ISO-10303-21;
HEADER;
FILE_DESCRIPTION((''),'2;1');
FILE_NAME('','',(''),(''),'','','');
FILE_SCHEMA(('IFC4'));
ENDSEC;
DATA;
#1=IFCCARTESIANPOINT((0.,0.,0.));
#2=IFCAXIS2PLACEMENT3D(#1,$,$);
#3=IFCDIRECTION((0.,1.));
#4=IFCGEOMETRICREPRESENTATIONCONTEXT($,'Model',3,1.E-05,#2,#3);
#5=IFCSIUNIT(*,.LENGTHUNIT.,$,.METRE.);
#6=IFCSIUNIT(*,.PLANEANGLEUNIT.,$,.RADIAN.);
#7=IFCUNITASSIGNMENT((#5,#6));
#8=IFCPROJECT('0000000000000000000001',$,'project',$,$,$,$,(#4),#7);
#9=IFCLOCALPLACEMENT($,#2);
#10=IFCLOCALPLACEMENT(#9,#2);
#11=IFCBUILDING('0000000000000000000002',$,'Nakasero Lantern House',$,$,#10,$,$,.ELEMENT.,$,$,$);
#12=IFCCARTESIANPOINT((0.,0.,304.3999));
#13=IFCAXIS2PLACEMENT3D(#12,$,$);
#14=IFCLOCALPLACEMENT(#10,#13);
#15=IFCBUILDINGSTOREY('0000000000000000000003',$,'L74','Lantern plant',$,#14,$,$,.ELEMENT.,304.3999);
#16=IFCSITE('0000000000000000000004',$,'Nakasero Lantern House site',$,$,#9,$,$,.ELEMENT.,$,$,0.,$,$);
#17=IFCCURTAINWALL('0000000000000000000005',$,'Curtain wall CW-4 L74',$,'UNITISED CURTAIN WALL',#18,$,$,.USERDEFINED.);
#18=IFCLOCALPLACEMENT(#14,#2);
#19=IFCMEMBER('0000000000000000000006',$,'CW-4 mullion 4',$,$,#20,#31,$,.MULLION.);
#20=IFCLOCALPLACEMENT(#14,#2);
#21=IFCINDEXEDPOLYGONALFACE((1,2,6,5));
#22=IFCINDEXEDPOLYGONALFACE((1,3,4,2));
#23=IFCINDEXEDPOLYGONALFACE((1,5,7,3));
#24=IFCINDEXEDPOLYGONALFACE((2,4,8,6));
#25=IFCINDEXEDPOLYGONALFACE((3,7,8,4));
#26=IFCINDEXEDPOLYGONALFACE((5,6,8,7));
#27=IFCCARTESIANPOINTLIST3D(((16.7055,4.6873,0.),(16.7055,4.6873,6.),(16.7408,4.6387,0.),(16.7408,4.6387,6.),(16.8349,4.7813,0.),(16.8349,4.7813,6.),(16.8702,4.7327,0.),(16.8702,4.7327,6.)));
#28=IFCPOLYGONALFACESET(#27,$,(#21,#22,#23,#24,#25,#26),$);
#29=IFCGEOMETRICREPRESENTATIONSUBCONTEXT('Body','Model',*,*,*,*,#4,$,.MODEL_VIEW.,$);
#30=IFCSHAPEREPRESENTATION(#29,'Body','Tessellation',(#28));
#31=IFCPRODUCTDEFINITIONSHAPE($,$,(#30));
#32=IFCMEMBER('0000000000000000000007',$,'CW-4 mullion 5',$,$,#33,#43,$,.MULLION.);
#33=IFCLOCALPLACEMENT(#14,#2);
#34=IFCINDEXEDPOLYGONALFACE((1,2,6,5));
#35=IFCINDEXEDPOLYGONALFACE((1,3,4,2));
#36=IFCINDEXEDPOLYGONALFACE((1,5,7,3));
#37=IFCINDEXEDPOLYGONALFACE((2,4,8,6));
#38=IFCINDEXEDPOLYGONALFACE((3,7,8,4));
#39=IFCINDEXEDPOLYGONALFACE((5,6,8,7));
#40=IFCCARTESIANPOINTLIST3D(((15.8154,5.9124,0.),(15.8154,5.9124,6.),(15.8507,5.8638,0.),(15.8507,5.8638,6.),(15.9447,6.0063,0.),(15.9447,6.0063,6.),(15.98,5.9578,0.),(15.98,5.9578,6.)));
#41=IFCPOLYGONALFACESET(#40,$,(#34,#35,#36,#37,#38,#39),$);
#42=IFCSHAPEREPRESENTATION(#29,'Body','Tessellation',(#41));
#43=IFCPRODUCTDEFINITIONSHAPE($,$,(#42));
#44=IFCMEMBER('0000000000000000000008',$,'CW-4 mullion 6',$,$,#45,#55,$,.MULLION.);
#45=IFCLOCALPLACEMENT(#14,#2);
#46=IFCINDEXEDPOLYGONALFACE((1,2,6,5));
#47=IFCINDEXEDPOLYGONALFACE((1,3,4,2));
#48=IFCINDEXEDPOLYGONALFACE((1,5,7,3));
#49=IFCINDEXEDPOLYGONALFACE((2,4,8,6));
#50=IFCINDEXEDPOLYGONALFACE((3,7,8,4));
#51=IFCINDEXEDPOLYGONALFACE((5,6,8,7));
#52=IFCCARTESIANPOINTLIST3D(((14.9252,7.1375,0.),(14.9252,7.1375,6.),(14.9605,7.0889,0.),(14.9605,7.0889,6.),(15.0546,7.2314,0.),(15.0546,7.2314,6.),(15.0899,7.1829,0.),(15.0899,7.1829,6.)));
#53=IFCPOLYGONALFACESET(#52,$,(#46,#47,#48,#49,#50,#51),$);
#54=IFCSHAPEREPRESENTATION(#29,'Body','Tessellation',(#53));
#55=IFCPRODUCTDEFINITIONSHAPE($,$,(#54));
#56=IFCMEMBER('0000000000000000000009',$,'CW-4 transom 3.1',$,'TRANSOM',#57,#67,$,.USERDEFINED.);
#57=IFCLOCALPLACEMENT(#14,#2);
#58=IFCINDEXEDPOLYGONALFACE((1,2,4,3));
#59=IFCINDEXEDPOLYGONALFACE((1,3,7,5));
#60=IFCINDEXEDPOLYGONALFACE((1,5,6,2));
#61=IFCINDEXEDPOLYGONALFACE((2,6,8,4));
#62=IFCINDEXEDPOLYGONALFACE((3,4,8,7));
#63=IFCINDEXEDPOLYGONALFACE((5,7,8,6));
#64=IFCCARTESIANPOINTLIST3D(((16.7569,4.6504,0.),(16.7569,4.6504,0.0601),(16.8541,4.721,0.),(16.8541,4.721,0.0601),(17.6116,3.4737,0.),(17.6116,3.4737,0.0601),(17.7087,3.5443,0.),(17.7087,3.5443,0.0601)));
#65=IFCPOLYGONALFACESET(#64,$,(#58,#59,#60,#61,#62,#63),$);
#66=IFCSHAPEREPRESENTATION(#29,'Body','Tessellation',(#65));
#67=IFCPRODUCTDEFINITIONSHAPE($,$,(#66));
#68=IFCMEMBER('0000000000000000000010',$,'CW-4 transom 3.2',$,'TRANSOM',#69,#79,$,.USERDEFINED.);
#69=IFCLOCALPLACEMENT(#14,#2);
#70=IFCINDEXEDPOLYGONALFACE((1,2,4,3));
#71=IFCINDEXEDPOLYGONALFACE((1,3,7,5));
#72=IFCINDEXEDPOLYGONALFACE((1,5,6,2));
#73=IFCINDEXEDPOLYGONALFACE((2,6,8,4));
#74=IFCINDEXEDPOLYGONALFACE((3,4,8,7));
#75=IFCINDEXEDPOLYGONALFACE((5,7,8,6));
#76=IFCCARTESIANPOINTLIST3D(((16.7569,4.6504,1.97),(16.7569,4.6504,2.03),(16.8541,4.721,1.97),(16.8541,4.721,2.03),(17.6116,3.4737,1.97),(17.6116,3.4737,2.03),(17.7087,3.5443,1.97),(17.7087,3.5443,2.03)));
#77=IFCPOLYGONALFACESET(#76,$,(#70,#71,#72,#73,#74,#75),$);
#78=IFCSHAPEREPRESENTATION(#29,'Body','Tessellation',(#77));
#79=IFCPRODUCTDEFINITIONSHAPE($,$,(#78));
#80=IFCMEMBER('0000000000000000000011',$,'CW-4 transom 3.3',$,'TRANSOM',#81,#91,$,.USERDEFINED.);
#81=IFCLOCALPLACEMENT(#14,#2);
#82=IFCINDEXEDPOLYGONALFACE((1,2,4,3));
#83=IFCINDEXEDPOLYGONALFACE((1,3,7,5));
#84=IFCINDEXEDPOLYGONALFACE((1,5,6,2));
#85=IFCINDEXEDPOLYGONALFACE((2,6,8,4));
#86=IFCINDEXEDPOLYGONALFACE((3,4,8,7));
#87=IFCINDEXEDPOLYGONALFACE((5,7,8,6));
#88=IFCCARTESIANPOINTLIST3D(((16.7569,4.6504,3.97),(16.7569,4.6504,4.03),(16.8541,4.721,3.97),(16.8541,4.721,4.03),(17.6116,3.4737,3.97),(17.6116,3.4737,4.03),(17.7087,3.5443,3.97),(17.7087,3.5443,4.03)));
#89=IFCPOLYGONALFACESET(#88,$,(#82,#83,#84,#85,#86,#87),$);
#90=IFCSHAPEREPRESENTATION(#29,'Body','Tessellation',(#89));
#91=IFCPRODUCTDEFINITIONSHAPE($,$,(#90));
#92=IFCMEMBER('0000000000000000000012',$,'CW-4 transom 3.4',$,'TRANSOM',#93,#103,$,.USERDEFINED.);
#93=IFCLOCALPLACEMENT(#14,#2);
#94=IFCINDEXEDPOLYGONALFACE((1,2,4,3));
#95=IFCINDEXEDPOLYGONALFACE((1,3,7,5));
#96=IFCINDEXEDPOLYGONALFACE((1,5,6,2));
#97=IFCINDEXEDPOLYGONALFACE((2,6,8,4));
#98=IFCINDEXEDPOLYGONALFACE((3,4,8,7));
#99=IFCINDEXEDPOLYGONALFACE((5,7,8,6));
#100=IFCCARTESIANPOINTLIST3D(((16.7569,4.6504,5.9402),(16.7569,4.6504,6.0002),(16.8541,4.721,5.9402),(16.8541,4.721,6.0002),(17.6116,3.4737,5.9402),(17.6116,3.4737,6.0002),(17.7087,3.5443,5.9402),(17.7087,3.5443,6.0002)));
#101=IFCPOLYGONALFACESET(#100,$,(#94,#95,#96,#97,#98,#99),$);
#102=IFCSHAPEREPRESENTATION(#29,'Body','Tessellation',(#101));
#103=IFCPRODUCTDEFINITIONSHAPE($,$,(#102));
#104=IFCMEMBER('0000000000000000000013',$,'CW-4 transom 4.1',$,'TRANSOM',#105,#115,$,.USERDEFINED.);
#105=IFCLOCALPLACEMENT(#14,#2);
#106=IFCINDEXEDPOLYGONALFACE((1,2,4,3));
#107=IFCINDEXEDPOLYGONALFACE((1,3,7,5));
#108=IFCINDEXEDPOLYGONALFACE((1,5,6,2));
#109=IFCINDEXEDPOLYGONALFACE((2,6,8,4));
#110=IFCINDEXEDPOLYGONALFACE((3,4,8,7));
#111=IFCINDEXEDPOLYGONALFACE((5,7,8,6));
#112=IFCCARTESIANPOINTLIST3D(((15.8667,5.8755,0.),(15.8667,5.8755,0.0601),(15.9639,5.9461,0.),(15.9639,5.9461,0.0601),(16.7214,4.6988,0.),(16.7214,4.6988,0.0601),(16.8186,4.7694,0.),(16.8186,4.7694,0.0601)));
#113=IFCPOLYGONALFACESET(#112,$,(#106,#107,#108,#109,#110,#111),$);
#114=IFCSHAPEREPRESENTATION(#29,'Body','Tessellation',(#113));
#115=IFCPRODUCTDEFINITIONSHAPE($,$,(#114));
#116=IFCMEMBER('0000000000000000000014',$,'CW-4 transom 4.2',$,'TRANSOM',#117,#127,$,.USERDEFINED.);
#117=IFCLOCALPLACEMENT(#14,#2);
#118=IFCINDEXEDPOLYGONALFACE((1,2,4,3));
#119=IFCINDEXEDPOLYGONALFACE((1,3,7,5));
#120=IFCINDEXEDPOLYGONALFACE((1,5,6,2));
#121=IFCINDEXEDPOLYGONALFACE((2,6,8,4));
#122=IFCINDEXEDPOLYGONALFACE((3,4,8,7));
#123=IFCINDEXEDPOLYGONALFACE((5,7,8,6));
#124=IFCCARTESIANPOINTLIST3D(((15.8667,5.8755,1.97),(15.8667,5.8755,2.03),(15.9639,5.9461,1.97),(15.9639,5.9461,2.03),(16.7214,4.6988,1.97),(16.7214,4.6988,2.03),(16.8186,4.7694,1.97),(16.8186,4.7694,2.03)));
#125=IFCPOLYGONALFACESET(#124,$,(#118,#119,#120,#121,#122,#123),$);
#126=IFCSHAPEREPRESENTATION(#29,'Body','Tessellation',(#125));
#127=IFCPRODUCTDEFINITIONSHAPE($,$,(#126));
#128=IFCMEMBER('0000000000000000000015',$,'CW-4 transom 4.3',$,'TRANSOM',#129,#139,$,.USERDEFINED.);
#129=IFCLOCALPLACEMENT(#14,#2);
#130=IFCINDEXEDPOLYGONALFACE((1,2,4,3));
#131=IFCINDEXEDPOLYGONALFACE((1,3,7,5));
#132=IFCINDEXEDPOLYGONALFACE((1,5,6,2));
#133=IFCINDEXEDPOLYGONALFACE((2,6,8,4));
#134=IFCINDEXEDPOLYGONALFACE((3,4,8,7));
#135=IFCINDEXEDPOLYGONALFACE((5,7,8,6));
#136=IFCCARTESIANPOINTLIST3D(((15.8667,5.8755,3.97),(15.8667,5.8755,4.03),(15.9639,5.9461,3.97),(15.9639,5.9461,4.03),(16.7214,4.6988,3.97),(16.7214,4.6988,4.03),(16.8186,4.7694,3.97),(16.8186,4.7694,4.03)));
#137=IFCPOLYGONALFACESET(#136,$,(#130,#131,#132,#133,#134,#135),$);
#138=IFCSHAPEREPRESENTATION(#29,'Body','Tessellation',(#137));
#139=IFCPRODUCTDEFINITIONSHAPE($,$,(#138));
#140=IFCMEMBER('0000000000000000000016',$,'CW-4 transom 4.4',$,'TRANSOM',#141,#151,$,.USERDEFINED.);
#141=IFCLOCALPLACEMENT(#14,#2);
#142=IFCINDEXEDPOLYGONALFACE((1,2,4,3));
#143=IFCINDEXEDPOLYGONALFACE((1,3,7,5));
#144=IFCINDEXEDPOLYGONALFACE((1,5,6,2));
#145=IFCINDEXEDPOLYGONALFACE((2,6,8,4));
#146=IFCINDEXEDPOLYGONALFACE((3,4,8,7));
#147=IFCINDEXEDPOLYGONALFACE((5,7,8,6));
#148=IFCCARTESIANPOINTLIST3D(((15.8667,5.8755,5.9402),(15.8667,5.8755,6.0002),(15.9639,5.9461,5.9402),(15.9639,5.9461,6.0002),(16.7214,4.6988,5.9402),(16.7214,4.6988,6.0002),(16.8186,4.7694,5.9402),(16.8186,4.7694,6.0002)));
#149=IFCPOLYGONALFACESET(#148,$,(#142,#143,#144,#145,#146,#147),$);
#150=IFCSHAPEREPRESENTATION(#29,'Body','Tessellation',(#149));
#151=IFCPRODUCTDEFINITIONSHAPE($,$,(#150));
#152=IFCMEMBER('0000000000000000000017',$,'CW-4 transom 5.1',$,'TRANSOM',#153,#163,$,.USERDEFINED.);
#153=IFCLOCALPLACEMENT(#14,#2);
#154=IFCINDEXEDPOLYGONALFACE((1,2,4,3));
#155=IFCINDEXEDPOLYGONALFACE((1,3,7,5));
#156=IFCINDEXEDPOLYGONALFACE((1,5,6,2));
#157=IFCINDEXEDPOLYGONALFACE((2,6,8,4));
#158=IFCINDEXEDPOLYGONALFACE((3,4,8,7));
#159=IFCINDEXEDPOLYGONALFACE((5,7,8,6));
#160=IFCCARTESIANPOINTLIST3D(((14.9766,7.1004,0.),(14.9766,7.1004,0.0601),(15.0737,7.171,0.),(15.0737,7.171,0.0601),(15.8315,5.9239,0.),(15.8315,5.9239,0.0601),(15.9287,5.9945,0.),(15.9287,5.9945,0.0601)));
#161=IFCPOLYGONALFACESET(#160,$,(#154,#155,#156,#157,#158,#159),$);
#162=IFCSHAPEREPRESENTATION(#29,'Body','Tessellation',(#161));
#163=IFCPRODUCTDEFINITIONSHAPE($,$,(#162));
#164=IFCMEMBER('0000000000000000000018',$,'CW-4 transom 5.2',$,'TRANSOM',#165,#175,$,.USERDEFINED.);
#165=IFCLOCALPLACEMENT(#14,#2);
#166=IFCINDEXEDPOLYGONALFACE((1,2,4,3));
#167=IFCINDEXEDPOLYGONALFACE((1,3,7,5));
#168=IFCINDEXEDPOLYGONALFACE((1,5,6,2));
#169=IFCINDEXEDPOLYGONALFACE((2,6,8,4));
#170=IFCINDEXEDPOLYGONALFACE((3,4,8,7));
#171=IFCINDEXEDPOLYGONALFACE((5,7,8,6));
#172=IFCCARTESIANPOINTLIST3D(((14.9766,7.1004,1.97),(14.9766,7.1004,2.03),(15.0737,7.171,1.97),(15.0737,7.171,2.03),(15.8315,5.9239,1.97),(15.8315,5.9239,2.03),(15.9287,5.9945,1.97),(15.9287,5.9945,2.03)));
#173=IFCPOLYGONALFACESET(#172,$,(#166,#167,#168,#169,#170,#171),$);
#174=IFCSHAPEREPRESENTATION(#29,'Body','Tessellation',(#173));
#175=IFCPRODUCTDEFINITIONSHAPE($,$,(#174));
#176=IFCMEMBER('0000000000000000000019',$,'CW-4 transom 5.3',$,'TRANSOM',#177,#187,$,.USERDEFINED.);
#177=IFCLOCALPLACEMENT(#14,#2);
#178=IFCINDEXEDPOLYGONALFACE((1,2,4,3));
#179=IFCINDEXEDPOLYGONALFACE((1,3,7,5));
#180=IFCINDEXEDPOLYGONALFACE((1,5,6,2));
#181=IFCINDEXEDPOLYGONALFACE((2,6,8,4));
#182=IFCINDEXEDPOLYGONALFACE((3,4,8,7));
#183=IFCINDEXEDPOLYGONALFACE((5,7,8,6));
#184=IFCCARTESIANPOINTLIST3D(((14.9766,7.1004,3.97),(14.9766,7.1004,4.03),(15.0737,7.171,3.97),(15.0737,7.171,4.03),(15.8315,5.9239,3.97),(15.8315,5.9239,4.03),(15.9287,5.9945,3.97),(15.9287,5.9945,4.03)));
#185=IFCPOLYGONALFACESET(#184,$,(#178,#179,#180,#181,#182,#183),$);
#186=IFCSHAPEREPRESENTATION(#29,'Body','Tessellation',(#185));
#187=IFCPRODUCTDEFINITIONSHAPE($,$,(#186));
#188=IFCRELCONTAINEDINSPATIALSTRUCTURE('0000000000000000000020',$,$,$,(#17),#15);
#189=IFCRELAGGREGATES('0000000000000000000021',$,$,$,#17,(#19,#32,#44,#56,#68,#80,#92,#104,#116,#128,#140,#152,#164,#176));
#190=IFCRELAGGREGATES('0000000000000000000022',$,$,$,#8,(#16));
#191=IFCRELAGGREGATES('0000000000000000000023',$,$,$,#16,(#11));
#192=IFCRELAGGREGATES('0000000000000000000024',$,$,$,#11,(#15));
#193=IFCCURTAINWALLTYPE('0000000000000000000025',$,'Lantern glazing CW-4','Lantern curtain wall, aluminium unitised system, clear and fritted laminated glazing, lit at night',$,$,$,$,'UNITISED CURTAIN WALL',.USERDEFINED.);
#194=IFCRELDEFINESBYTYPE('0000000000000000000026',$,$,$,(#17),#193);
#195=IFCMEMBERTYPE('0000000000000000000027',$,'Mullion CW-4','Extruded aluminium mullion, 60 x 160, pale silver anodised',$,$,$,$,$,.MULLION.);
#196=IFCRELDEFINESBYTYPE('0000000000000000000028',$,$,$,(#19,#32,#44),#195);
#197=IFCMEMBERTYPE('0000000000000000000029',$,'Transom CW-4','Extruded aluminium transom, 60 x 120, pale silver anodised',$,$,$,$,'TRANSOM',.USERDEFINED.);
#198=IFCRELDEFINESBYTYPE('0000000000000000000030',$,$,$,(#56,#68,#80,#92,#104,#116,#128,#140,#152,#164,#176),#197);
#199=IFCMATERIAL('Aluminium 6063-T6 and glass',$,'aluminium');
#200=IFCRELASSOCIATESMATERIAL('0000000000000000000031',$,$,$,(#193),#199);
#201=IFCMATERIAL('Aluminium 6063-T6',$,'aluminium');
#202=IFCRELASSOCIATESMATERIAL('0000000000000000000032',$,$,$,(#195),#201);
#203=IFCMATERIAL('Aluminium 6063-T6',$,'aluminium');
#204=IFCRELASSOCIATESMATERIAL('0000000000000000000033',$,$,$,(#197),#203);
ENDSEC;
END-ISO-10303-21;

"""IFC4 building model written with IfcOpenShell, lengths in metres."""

from ifc_helpers import new_model, si_unit, direction, frame, origin, origin_2d, place, context, subcontext, project, spatial, rectangle, extrude, material, material_profile, profile_set, type_object, element, aggregate, save


model = new_model("IFC4")

# Units and contexts
model_context = context("Model", 3, precision=1e-05, world=origin(), true_north=direction((0.0, 1.0)))
body_context = subcontext(model_context, "Body", "Model", "MODEL_VIEW")
ifc_project = project(units=[si_unit("LENGTHUNIT", "METRE"), si_unit("PLANEANGLEUNIT", "RADIAN")], contexts=[model_context])

# Site, building, storey
site_placement = place(None, origin())
site = spatial("IfcSite", under=ifc_project, at=site_placement, Name="Nakasero Lantern House site", CompositionType="ELEMENT", RefElevation=0.0)
building_placement = place(site_placement, origin())
building = spatial("IfcBuilding", under=site, at=building_placement, Name="Nakasero Lantern House", CompositionType="ELEMENT")
storey_placement = place(building_placement, frame((0.0, 0.0, 304.3999)))
storey = spatial("IfcBuildingStorey", under=building, at=storey_placement, Name="L74", Description="Lantern plant", CompositionType="ELEMENT", Elevation=304.3999)

# Curtain wall, members
ifc_material_1 = material(Name="Aluminium 6063-T6 and glass", Category="aluminium")
curtain_wall_type = type_object("IfcCurtainWallType", Name="Lantern glazing CW-4", Description="Lantern curtain wall, aluminium unitised system, clear and fritted laminated glazing, lit at night", ElementType="UNITISED CURTAIN WALL", PredefinedType="USERDEFINED", material=ifc_material_1)
curtain_wall_placement = place(storey_placement, origin())
curtain_wall = element("IfcCurtainWall", 1, at=curtain_wall_placement, inside=storey, type_object=curtain_wall_type, Name="Curtain wall CW-4 L74", ObjectType="UNITISED CURTAIN WALL", PredefinedType="USERDEFINED")
ifc_material_2 = material(Name="Aluminium 6063-T6", Category="aluminium")
ifc_material_profile_1 = material_profile(ifc_material_2, rectangle(XDim=0.0601, YDim=0.1599, at=origin_2d()), Name="CW-4 mullion 60x160")
ifc_profile_set_1 = profile_set([ifc_material_profile_1], Name="Aluminium 6063-T6")
member_type_1 = type_object("IfcMemberType", Name="Mullion CW-4", Description="Extruded aluminium mullion, 60 x 160, pale silver anodised", PredefinedType="MULLION", material=ifc_profile_set_1)
member_1_placement = place(storey_placement, frame((16.7878, 4.71, 0.0), z_axis=(0.0, 0.0, 1.0), x_axis=(-0.587785, 0.809017, 0.0)))
member_1 = element("IfcMember", 2, at=member_1_placement, type_object=member_type_1, Name="CW-4 mullion 4", PredefinedType="MULLION", context=body_context, shape_type="SweptSolid", body=[
    extrude(rectangle(XDim=0.0601, YDim=0.1599, at=origin_2d()), origin(), (0.0, 0.0, 1.0), 6.0),
])
member_2_placement = place(storey_placement, frame((15.8977, 5.9351, 0.0), z_axis=(0.0, 0.0, 1.0), x_axis=(-0.587785, 0.809017, 0.0)))
member_2 = element("IfcMember", 3, at=member_2_placement, type_object=member_type_1, Name="CW-4 mullion 5", PredefinedType="MULLION", context=body_context, shape_type="SweptSolid", body=[
    extrude(rectangle(XDim=0.0601, YDim=0.1599, at=origin_2d()), origin(), (0.0, 0.0, 1.0), 6.0),
])
member_3_placement = place(storey_placement, frame((15.0076, 7.1602, 0.0), z_axis=(0.0, 0.0, 1.0), x_axis=(-0.587785, 0.809017, 0.0)))
member_3 = element("IfcMember", 4, at=member_3_placement, type_object=member_type_1, Name="CW-4 mullion 6", PredefinedType="MULLION", context=body_context, shape_type="SweptSolid", body=[
    extrude(rectangle(XDim=0.0601, YDim=0.1599, at=origin_2d()), origin(), (0.0, 0.0, 1.0), 6.0),
])
ifc_material_3 = material(Name="Aluminium 6063-T6", Category="aluminium")
ifc_material_profile_2 = material_profile(ifc_material_3, rectangle(XDim=0.0601, YDim=0.1201, at=origin_2d()), Name="CW-4 transom 60x120")
ifc_profile_set_2 = profile_set([ifc_material_profile_2], Name="Aluminium 6063-T6")
member_type_2 = type_object("IfcMemberType", Name="Transom CW-4", Description="Extruded aluminium transom, 60 x 120, pale silver anodised", ElementType="TRANSOM", PredefinedType="USERDEFINED", material=ifc_profile_set_2)
member_4_placement = place(storey_placement, frame((17.6602, 3.509, 0.03), z_axis=(-0.587683, 0.809092, 0.0), x_axis=(0.0, 0.0, 1.0)))
member_4 = element("IfcMember", 5, at=member_4_placement, type_object=member_type_2, Name="CW-4 transom 3.1", ObjectType="TRANSOM", PredefinedType="USERDEFINED", context=body_context, shape_type="SweptSolid", body=[
    extrude(rectangle(XDim=0.0601, YDim=0.1201, at=origin_2d()), origin(), (0.0, 0.0, 1.0), 1.4543),
])
member_5_placement = place(storey_placement, frame((17.6602, 3.509, 2.0), z_axis=(-0.587683, 0.809092, 0.0), x_axis=(0.0, 0.0, 1.0)))
member_5 = element("IfcMember", 6, at=member_5_placement, type_object=member_type_2, Name="CW-4 transom 3.2", ObjectType="TRANSOM", PredefinedType="USERDEFINED", context=body_context, shape_type="SweptSolid", body=[
    extrude(rectangle(XDim=0.0601, YDim=0.1201, at=origin_2d()), origin(), (0.0, 0.0, 1.0), 1.4543),
])
member_6_placement = place(storey_placement, frame((17.6602, 3.509, 4.0), z_axis=(-0.587683, 0.809092, 0.0), x_axis=(0.0, 0.0, 1.0)))
member_6 = element("IfcMember", 7, at=member_6_placement, type_object=member_type_2, Name="CW-4 transom 3.3", ObjectType="TRANSOM", PredefinedType="USERDEFINED", context=body_context, shape_type="SweptSolid", body=[
    extrude(rectangle(XDim=0.0601, YDim=0.1201, at=origin_2d()), origin(), (0.0, 0.0, 1.0), 1.4543),
])
member_7_placement = place(storey_placement, frame((17.6602, 3.509, 5.9702), z_axis=(-0.587683, 0.809092, 0.0), x_axis=(0.0, 0.0, 1.0)))
member_7 = element("IfcMember", 8, at=member_7_placement, type_object=member_type_2, Name="CW-4 transom 3.4", ObjectType="TRANSOM", PredefinedType="USERDEFINED", context=body_context, shape_type="SweptSolid", body=[
    extrude(rectangle(XDim=0.0601, YDim=0.1201, at=origin_2d()), origin(), (0.0, 0.0, 1.0), 1.4543),
])
member_8_placement = place(storey_placement, frame((16.77, 4.7341, 0.03), z_axis=(-0.587683, 0.809092, 0.0), x_axis=(0.0, 0.0, 1.0)))
member_8 = element("IfcMember", 9, at=member_8_placement, type_object=member_type_2, Name="CW-4 transom 4.1", ObjectType="TRANSOM", PredefinedType="USERDEFINED", context=body_context, shape_type="SweptSolid", body=[
    extrude(rectangle(XDim=0.0601, YDim=0.1201, at=origin_2d()), origin(), (0.0, 0.0, 1.0), 1.4543),
])
member_9_placement = place(storey_placement, frame((16.77, 4.7341, 2.0), z_axis=(-0.587683, 0.809092, 0.0), x_axis=(0.0, 0.0, 1.0)))
member_9 = element("IfcMember", 10, at=member_9_placement, type_object=member_type_2, Name="CW-4 transom 4.2", ObjectType="TRANSOM", PredefinedType="USERDEFINED", context=body_context, shape_type="SweptSolid", body=[
    extrude(rectangle(XDim=0.0601, YDim=0.1201, at=origin_2d()), origin(), (0.0, 0.0, 1.0), 1.4543),
])
member_10_placement = place(storey_placement, frame((16.77, 4.7341, 4.0), z_axis=(-0.587683, 0.809092, 0.0), x_axis=(0.0, 0.0, 1.0)))
member_10 = element("IfcMember", 11, at=member_10_placement, type_object=member_type_2, Name="CW-4 transom 4.3", ObjectType="TRANSOM", PredefinedType="USERDEFINED", context=body_context, shape_type="SweptSolid", body=[
    extrude(rectangle(XDim=0.0601, YDim=0.1201, at=origin_2d()), origin(), (0.0, 0.0, 1.0), 1.4543),
])
member_11_placement = place(storey_placement, frame((16.77, 4.7341, 5.9702), z_axis=(-0.587683, 0.809092, 0.0), x_axis=(0.0, 0.0, 1.0)))
member_11 = element("IfcMember", 12, at=member_11_placement, type_object=member_type_2, Name="CW-4 transom 4.4", ObjectType="TRANSOM", PredefinedType="USERDEFINED", context=body_context, shape_type="SweptSolid", body=[
    extrude(rectangle(XDim=0.0601, YDim=0.1201, at=origin_2d()), origin(), (0.0, 0.0, 1.0), 1.4543),
])
member_12_placement = place(storey_placement, frame((15.8801, 5.9592, 0.03), z_axis=(-0.587872, 0.808954, 0.0), x_axis=(0.0, 0.0, 1.0)))
member_12 = element("IfcMember", 13, at=member_12_placement, type_object=member_type_2, Name="CW-4 transom 5.1", ObjectType="TRANSOM", PredefinedType="USERDEFINED", context=body_context, shape_type="SweptSolid", body=[
    extrude(rectangle(XDim=0.0601, YDim=0.1201, at=origin_2d()), origin(), (0.0, 0.0, 1.0), 1.4543),
])
member_13_placement = place(storey_placement, frame((15.8801, 5.9592, 2.0), z_axis=(-0.587872, 0.808954, 0.0), x_axis=(0.0, 0.0, 1.0)))
member_13 = element("IfcMember", 14, at=member_13_placement, type_object=member_type_2, Name="CW-4 transom 5.2", ObjectType="TRANSOM", PredefinedType="USERDEFINED", context=body_context, shape_type="SweptSolid", body=[
    extrude(rectangle(XDim=0.0601, YDim=0.1201, at=origin_2d()), origin(), (0.0, 0.0, 1.0), 1.4543),
])
member_14_placement = place(storey_placement, frame((15.8801, 5.9592, 4.0), z_axis=(-0.587872, 0.808954, 0.0), x_axis=(0.0, 0.0, 1.0)))
member_14 = element("IfcMember", 15, at=member_14_placement, type_object=member_type_2, Name="CW-4 transom 5.3", ObjectType="TRANSOM", PredefinedType="USERDEFINED", context=body_context, shape_type="SweptSolid", body=[
    extrude(rectangle(XDim=0.0601, YDim=0.1201, at=origin_2d()), origin(), (0.0, 0.0, 1.0), 1.4543),
])
aggregate(curtain_wall, [member_1, member_2, member_3, member_4, member_5, member_6, member_7, member_8, member_9, member_10, member_11, member_12, member_13, member_14])

save(model, "model.ifc")
